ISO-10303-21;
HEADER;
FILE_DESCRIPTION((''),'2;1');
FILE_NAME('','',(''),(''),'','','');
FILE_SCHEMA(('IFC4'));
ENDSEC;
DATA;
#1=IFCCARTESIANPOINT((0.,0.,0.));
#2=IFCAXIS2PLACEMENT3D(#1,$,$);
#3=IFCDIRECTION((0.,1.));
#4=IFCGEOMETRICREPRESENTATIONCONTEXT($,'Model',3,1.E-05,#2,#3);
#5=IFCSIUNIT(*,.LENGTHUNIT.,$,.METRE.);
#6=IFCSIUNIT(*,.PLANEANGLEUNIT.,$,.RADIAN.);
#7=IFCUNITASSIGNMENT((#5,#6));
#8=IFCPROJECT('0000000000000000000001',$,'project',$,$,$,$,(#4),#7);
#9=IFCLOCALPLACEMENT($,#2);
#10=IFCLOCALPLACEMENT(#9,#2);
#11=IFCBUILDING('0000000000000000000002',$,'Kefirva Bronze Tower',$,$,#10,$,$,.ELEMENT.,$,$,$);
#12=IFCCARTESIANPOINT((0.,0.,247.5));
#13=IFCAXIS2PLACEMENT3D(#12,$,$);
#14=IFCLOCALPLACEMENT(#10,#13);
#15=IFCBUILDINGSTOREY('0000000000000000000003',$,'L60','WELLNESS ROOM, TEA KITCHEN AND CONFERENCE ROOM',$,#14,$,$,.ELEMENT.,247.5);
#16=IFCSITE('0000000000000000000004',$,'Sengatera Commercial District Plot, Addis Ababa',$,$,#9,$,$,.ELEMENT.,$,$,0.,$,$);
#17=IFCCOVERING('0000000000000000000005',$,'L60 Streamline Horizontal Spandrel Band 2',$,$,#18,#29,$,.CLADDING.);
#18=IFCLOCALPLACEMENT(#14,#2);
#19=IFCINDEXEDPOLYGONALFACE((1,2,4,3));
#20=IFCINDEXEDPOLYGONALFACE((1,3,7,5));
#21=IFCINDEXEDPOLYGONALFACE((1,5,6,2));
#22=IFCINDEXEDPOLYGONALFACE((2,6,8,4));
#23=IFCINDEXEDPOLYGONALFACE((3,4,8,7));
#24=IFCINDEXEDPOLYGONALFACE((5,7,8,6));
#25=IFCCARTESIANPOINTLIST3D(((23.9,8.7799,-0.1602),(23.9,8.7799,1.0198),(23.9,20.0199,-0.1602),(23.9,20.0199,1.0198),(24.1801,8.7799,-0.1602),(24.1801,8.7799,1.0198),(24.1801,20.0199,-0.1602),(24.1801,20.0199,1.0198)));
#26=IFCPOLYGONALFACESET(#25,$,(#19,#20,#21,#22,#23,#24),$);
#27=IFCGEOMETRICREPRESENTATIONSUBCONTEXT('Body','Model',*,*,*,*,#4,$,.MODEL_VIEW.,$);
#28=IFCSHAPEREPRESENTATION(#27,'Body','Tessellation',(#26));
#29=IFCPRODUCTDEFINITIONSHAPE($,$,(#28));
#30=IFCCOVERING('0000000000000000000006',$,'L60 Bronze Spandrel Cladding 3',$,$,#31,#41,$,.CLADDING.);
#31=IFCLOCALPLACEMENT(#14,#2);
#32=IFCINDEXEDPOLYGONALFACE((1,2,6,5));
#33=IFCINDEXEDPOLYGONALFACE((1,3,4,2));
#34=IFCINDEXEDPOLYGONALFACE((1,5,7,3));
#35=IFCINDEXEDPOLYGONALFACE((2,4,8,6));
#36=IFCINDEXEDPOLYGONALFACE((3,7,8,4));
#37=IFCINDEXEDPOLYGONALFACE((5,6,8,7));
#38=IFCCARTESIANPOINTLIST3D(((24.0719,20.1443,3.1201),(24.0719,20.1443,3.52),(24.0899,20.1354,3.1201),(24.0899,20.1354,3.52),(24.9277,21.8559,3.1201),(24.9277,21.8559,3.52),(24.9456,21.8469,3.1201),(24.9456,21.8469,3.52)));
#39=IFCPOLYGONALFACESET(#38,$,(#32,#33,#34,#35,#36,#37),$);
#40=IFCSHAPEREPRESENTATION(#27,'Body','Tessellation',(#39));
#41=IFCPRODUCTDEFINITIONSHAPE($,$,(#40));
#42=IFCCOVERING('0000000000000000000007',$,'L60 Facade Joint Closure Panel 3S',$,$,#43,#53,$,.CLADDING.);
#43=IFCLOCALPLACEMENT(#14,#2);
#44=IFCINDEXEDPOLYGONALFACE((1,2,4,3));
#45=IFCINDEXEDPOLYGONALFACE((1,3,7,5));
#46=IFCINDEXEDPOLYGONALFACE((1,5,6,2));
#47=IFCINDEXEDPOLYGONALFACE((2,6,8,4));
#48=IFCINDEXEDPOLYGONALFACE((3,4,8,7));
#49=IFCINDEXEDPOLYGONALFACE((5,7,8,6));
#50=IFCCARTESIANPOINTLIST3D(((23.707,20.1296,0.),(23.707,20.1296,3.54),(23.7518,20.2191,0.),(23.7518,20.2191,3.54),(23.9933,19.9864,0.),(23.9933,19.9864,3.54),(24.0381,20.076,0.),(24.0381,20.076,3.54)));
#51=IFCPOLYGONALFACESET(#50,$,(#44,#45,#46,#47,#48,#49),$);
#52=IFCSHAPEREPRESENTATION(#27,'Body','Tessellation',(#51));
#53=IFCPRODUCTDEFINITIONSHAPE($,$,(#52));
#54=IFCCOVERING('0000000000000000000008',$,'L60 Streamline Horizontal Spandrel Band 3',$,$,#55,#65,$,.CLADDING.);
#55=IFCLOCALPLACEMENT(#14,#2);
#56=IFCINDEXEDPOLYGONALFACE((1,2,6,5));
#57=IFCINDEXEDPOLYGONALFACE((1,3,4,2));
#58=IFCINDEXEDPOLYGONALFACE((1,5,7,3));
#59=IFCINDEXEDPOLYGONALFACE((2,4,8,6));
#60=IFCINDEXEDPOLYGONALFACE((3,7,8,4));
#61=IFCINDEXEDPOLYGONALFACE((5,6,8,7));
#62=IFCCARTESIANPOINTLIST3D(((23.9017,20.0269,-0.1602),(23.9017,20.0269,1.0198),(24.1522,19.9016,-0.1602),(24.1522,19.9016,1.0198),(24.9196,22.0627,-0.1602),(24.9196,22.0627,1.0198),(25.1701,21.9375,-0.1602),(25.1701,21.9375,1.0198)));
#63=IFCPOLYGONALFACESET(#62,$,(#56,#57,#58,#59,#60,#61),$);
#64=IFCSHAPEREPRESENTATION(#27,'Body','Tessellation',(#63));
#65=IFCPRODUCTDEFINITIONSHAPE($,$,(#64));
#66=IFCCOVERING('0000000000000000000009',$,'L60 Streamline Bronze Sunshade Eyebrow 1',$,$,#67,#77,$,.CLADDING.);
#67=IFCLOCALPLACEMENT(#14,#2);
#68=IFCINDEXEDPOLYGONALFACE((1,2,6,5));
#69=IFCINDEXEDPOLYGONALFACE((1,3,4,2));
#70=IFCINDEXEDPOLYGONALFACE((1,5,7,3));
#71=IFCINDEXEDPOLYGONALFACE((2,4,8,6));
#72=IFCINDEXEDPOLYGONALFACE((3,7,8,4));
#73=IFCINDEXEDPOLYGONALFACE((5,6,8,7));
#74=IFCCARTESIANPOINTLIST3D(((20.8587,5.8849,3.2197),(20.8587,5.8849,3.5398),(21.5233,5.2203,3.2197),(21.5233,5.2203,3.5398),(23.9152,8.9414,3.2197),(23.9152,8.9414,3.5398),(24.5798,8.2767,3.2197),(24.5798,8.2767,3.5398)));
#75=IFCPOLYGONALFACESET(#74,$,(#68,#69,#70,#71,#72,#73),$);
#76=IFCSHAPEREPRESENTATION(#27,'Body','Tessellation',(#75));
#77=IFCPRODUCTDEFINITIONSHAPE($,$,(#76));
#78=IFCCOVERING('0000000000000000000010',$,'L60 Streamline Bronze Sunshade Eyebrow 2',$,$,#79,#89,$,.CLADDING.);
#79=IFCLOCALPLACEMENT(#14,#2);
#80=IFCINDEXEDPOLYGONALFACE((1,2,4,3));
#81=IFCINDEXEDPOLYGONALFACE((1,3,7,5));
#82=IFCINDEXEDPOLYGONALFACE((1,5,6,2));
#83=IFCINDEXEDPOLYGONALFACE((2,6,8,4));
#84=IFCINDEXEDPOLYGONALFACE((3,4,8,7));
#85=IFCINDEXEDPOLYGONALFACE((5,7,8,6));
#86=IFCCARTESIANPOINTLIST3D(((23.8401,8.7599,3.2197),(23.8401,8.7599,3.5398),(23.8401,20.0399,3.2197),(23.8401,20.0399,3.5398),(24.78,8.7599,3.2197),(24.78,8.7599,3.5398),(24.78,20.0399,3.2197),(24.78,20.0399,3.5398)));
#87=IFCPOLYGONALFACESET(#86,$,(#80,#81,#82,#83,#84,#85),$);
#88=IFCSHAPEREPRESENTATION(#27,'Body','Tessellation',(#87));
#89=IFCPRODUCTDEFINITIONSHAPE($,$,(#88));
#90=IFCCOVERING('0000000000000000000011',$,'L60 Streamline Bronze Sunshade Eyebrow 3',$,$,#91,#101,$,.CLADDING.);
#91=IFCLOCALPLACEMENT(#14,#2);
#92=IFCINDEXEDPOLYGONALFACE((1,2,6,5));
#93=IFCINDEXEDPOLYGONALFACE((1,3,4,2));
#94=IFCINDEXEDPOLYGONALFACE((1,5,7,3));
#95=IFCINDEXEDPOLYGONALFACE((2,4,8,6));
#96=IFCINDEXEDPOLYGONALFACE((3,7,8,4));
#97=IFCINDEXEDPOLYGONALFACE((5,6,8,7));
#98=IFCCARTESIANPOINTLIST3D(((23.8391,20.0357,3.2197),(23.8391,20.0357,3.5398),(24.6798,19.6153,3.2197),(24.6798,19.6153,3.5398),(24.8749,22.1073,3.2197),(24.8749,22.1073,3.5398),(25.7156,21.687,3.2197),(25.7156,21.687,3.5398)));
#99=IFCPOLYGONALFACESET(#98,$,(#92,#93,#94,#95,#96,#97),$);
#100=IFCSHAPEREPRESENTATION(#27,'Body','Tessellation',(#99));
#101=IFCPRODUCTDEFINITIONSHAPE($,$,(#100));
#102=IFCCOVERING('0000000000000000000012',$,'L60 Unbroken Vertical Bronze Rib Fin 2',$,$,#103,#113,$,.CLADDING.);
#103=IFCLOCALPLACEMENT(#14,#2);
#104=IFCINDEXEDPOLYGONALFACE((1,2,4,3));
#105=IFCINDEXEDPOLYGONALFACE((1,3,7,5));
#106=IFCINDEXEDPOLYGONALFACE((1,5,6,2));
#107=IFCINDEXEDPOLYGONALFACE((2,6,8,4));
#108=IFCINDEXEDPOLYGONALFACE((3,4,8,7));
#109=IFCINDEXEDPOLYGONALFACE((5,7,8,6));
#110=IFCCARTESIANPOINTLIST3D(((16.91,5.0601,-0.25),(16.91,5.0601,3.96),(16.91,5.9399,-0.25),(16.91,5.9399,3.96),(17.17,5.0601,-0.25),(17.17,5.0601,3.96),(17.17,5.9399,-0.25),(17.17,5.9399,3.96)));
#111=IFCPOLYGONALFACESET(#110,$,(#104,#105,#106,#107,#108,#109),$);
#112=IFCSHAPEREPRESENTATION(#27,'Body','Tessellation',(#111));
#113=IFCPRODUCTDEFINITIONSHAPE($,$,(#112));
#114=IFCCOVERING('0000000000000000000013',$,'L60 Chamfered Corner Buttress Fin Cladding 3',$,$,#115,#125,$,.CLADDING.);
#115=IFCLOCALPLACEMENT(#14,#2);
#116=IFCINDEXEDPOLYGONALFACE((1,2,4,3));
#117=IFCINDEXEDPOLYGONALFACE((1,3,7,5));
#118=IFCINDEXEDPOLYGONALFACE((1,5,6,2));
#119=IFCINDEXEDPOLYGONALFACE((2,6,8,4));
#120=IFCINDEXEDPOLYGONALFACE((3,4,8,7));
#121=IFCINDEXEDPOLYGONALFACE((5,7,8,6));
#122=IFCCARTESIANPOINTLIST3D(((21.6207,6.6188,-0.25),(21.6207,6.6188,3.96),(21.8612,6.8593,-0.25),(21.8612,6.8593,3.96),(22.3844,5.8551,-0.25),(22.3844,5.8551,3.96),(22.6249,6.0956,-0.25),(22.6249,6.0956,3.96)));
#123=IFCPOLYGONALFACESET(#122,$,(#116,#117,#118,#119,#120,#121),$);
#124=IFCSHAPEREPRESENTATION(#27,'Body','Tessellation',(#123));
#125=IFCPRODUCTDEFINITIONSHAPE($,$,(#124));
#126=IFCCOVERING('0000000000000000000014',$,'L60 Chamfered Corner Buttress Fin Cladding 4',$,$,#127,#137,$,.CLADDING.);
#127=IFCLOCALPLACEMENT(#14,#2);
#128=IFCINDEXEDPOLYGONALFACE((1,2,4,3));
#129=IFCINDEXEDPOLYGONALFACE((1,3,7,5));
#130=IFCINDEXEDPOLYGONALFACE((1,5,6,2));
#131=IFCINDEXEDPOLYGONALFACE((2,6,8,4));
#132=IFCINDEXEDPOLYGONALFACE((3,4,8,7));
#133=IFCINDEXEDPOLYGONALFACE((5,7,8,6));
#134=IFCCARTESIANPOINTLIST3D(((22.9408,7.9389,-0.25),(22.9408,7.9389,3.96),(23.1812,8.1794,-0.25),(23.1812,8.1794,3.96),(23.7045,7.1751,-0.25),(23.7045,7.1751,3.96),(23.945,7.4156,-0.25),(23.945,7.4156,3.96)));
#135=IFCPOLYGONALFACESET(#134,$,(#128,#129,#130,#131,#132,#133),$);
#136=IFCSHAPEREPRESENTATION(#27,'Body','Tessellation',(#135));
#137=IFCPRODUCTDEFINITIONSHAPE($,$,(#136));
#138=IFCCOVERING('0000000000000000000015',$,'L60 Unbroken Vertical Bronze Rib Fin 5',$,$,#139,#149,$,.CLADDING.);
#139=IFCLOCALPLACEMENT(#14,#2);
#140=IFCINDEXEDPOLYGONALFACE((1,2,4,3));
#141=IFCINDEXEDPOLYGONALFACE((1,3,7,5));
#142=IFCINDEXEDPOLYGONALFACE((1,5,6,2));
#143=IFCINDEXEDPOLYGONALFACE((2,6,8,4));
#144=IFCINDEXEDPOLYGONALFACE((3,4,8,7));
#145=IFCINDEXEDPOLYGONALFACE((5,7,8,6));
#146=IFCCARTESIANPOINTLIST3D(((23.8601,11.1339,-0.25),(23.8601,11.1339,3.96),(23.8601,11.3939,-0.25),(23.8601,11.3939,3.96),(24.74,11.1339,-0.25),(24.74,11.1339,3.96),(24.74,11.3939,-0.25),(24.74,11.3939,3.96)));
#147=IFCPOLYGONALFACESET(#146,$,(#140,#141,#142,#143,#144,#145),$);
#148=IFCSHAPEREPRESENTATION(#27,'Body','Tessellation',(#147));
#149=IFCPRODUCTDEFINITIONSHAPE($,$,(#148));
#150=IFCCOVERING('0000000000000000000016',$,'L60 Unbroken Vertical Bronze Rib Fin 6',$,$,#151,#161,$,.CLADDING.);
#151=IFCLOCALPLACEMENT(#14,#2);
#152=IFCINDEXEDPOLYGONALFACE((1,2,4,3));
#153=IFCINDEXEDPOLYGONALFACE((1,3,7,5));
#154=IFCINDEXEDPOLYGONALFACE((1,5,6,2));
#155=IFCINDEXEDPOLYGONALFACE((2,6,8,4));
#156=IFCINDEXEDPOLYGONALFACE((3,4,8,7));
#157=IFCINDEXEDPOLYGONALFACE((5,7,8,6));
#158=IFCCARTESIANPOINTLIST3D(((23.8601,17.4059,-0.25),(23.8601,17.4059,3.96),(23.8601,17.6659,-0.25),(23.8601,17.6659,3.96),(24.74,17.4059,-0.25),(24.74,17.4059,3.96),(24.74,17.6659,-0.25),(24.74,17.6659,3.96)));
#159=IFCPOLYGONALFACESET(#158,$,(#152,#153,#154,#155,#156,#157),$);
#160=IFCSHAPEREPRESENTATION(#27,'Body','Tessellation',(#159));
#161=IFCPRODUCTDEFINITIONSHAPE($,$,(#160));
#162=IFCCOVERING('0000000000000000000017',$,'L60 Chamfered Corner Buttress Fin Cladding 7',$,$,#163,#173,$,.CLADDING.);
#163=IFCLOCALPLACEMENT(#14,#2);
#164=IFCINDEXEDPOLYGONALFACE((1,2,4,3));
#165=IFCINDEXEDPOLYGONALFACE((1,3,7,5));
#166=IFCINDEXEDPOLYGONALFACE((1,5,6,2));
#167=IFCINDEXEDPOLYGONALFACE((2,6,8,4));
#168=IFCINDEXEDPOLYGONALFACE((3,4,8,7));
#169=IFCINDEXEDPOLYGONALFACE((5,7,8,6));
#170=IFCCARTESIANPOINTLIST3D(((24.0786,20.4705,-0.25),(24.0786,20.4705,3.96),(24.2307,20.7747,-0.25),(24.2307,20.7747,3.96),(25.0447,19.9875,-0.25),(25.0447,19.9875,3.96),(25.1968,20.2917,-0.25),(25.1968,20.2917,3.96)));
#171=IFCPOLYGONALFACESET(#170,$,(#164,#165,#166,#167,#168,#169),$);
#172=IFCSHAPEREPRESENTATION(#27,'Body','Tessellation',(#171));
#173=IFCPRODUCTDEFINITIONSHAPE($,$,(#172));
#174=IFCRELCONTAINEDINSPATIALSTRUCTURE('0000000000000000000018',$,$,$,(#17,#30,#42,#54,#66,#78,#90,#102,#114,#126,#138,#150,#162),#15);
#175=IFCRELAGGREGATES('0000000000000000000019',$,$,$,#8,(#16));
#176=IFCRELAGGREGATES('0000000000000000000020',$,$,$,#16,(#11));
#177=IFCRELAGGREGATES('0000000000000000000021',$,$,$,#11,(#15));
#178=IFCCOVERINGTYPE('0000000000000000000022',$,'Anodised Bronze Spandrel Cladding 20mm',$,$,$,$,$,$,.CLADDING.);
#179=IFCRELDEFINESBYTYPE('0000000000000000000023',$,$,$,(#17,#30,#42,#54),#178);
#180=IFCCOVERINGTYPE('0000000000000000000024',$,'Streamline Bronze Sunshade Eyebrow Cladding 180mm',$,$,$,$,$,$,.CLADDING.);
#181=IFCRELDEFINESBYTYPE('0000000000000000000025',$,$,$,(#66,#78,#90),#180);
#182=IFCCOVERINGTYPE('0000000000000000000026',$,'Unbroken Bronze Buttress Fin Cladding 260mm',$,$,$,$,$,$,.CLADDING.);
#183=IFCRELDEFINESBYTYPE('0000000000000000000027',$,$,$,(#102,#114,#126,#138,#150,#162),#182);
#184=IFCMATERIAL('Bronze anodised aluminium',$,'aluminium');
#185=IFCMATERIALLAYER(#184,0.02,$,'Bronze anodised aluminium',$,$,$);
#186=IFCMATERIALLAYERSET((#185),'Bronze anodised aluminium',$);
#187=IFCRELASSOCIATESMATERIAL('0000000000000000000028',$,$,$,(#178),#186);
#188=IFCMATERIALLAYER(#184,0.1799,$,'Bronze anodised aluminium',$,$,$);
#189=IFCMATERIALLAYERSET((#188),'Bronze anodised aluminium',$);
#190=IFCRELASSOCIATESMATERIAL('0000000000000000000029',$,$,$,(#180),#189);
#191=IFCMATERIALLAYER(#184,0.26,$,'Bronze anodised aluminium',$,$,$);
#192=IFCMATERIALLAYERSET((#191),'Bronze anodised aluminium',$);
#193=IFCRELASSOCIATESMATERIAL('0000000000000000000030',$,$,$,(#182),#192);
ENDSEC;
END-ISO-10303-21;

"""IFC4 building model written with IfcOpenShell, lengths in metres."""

from ifc_helpers import new_model, si_unit, direction, frame, origin, origin_2d, place, context, subcontext, project, spatial, rectangle, extrude, material, layer, layer_set, type_object, element, save


model = new_model("IFC4")

# Units and contexts
model_context = context("Model", 3, precision=1e-05, world=origin(), true_north=direction((0.0, 1.0)))
body_context = subcontext(model_context, "Body", "Model", "MODEL_VIEW")
ifc_project = project(units=[si_unit("LENGTHUNIT", "METRE"), si_unit("PLANEANGLEUNIT", "RADIAN")], contexts=[model_context])

# Site, building, storey
site_placement = place(None, origin())
site = spatial("IfcSite", under=ifc_project, at=site_placement, Name="Sengatera Commercial District Plot, Addis Ababa", CompositionType="ELEMENT", RefElevation=0.0)
building_placement = place(site_placement, origin())
building = spatial("IfcBuilding", under=site, at=building_placement, Name="Kefirva Bronze Tower", CompositionType="ELEMENT")
storey_placement = place(building_placement, frame((0.0, 0.0, 247.5)))
storey = spatial("IfcBuildingStorey", under=building, at=storey_placement, Name="L60", Description="WELLNESS ROOM, TEA KITCHEN AND CONFERENCE ROOM", CompositionType="ELEMENT", Elevation=247.5)

# Shared definitions
ifc_material_1 = material(Name="Bronze anodised aluminium", Category="aluminium")

# Coverings
ifc_layer_1 = layer(ifc_material_1, 0.02, Name="Bronze anodised aluminium")
ifc_layer_set_1 = layer_set([ifc_layer_1], Name="Bronze anodised aluminium")
covering_type_1 = type_object("IfcCoveringType", Name="Anodised Bronze Spandrel Cladding 20mm", PredefinedType="CLADDING", material=ifc_layer_set_1)
covering_1_placement = place(storey_placement, frame((24.04, 14.3999, -0.1602), z_axis=(0.0, 0.0, 1.0), x_axis=(0.0, 1.0, 0.0)))
element("IfcCovering", 1, at=covering_1_placement, inside=storey, type_object=covering_type_1, Name="L60 Streamline Horizontal Spandrel Band 2", PredefinedType="CLADDING", context=body_context, shape_type="SweptSolid", body=[
    extrude(rectangle(XDim=11.24, YDim=0.28, at=origin_2d()), origin(), (0.0, 0.0, 1.0), 1.1799),
])
covering_2_placement = place(storey_placement, frame((24.5088, 20.9956, 3.1201), z_axis=(0.0, 0.0, 1.0), x_axis=(0.447214, 0.894427, 0.0)))
element("IfcCovering", 2, at=covering_2_placement, inside=storey, type_object=covering_type_1, Name="L60 Bronze Spandrel Cladding 3", PredefinedType="CLADDING", context=body_context, shape_type="SweptSolid", body=[
    extrude(rectangle(XDim=1.9136, YDim=0.02, at=origin_2d()), origin(), (0.0, 0.0, 1.0), 0.3999),
])
covering_3_placement = place(storey_placement, frame((23.8726, 20.1028, 0.0), z_axis=(0.0, 0.0, 1.0), x_axis=(0.447214, 0.894427, 0.0)))
element("IfcCovering", 3, at=covering_3_placement, inside=storey, type_object=covering_type_1, Name="L60 Facade Joint Closure Panel 3S", PredefinedType="CLADDING", context=body_context, shape_type="SweptSolid", body=[
    extrude(rectangle(XDim=0.1001, YDim=0.3201, at=origin_2d()), origin(), (0.0, 0.0, 1.0), 3.54),
])
covering_4_placement = place(storey_placement, frame((24.5359, 20.9822, -0.1602), z_axis=(0.0, 0.0, 1.0), x_axis=(0.447214, 0.894427, 0.0)))
element("IfcCovering", 4, at=covering_4_placement, inside=storey, type_object=covering_type_1, Name="L60 Streamline Horizontal Spandrel Band 3", PredefinedType="CLADDING", context=body_context, shape_type="SweptSolid", body=[
    extrude(rectangle(XDim=2.2761, YDim=0.28, at=origin_2d()), origin(), (0.0, 0.0, 1.0), 1.1799),
])
ifc_layer_2 = layer(ifc_material_1, 0.1799, Name="Bronze anodised aluminium")
ifc_layer_set_2 = layer_set([ifc_layer_2], Name="Bronze anodised aluminium")
covering_type_2 = type_object("IfcCoveringType", Name="Streamline Bronze Sunshade Eyebrow Cladding 180mm", PredefinedType="CLADDING", material=ifc_layer_set_2)
covering_5_placement = place(storey_placement, frame((22.7192, 7.0808, 3.2197), z_axis=(0.0, 0.0, 1.0), x_axis=(0.707107, 0.707107, 0.0)))
element("IfcCovering", 5, at=covering_5_placement, inside=storey, type_object=covering_type_2, Name="L60 Streamline Bronze Sunshade Eyebrow 1", PredefinedType="CLADDING", context=body_context, shape_type="SweptSolid", body=[
    extrude(rectangle(XDim=4.3225, YDim=0.9399, at=origin_2d()), origin(), (0.0, 0.0, 1.0), 0.3201),
])
covering_6_placement = place(storey_placement, frame((24.3101, 14.3999, 3.2197), z_axis=(0.0, 0.0, 1.0), x_axis=(0.0, 1.0, 0.0)))
element("IfcCovering", 6, at=covering_6_placement, inside=storey, type_object=covering_type_2, Name="L60 Streamline Bronze Sunshade Eyebrow 2", PredefinedType="CLADDING", context=body_context, shape_type="SweptSolid", body=[
    extrude(rectangle(XDim=11.28, YDim=0.9399, at=origin_2d()), origin(), (0.0, 0.0, 1.0), 0.3201),
])
covering_7_placement = place(storey_placement, frame((24.7773, 20.8613, 3.2197), z_axis=(0.0, 0.0, 1.0), x_axis=(0.447214, 0.894427, 0.0)))
element("IfcCovering", 7, at=covering_7_placement, inside=storey, type_object=covering_type_2, Name="L60 Streamline Bronze Sunshade Eyebrow 3", PredefinedType="CLADDING", context=body_context, shape_type="SweptSolid", body=[
    extrude(rectangle(XDim=2.3162, YDim=0.9399, at=origin_2d()), origin(), (0.0, 0.0, 1.0), 0.3201),
])
ifc_layer_3 = layer(ifc_material_1, 0.26, Name="Bronze anodised aluminium")
ifc_layer_set_3 = layer_set([ifc_layer_3], Name="Bronze anodised aluminium")
covering_type_3 = type_object("IfcCoveringType", Name="Unbroken Bronze Buttress Fin Cladding 260mm", PredefinedType="CLADDING", material=ifc_layer_set_3)
covering_8_placement = place(storey_placement, frame((17.04, 5.5, -0.25), z_axis=(0.0, 0.0, 1.0), x_axis=(1.0, 0.0, 0.0)))
element("IfcCovering", 8, at=covering_8_placement, inside=storey, type_object=covering_type_3, Name="L60 Unbroken Vertical Bronze Rib Fin 2", PredefinedType="CLADDING", context=body_context, shape_type="SweptSolid", body=[
    extrude(rectangle(XDim=0.26, YDim=0.8799, at=origin_2d()), origin(), (0.0, 0.0, 1.0), 4.21),
])
for number, where, z_axis, x_axis, name in (
    (9, (22.1228, 6.3572, -0.25), (0.0, 0.0, 1.0), (0.707107, 0.707107, 0.0), "L60 Chamfered Corner Buttress Fin Cladding 3"),
    (10, (23.4429, 7.6772, -0.25), (0.0, 0.0, 1.0), (0.707107, 0.707107, 0.0), "L60 Chamfered Corner Buttress Fin Cladding 4"),
):
    element("IfcCovering", number, at=place(storey_placement, frame(where, z_axis=z_axis, x_axis=x_axis)), inside=storey, type_object=covering_type_3, Name=name, PredefinedType="CLADDING", context=body_context, shape_type="SweptSolid", body=[
        extrude(rectangle(XDim=0.3401, YDim=1.0801, at=origin_2d()), origin(), (0.0, 0.0, 1.0), 4.21),
    ])
for number, where, z_axis, x_axis, name in (
    (11, (24.3, 11.2639, -0.25), (0.0, 0.0, 1.0), (0.0, 1.0, 0.0), "L60 Unbroken Vertical Bronze Rib Fin 5"),
    (12, (24.3, 17.5359, -0.25), (0.0, 0.0, 1.0), (0.0, 1.0, 0.0), "L60 Unbroken Vertical Bronze Rib Fin 6"),
):
    element("IfcCovering", number, at=place(storey_placement, frame(where, z_axis=z_axis, x_axis=x_axis)), inside=storey, type_object=covering_type_3, Name=name, PredefinedType="CLADDING", context=body_context, shape_type="SweptSolid", body=[
        extrude(rectangle(XDim=0.26, YDim=0.8799, at=origin_2d()), origin(), (0.0, 0.0, 1.0), 4.21),
    ])
covering_9_placement = place(storey_placement, frame((24.6377, 20.3811, -0.25), z_axis=(0.0, 0.0, 1.0), x_axis=(0.447214, 0.894427, 0.0)))
element("IfcCovering", 13, at=covering_9_placement, inside=storey, type_object=covering_type_3, Name="L60 Chamfered Corner Buttress Fin Cladding 7", PredefinedType="CLADDING", context=body_context, shape_type="SweptSolid", body=[
    extrude(rectangle(XDim=0.3401, YDim=1.0801, at=origin_2d()), origin(), (0.0, 0.0, 1.0), 4.21),
])

save(model, "model.ifc")
